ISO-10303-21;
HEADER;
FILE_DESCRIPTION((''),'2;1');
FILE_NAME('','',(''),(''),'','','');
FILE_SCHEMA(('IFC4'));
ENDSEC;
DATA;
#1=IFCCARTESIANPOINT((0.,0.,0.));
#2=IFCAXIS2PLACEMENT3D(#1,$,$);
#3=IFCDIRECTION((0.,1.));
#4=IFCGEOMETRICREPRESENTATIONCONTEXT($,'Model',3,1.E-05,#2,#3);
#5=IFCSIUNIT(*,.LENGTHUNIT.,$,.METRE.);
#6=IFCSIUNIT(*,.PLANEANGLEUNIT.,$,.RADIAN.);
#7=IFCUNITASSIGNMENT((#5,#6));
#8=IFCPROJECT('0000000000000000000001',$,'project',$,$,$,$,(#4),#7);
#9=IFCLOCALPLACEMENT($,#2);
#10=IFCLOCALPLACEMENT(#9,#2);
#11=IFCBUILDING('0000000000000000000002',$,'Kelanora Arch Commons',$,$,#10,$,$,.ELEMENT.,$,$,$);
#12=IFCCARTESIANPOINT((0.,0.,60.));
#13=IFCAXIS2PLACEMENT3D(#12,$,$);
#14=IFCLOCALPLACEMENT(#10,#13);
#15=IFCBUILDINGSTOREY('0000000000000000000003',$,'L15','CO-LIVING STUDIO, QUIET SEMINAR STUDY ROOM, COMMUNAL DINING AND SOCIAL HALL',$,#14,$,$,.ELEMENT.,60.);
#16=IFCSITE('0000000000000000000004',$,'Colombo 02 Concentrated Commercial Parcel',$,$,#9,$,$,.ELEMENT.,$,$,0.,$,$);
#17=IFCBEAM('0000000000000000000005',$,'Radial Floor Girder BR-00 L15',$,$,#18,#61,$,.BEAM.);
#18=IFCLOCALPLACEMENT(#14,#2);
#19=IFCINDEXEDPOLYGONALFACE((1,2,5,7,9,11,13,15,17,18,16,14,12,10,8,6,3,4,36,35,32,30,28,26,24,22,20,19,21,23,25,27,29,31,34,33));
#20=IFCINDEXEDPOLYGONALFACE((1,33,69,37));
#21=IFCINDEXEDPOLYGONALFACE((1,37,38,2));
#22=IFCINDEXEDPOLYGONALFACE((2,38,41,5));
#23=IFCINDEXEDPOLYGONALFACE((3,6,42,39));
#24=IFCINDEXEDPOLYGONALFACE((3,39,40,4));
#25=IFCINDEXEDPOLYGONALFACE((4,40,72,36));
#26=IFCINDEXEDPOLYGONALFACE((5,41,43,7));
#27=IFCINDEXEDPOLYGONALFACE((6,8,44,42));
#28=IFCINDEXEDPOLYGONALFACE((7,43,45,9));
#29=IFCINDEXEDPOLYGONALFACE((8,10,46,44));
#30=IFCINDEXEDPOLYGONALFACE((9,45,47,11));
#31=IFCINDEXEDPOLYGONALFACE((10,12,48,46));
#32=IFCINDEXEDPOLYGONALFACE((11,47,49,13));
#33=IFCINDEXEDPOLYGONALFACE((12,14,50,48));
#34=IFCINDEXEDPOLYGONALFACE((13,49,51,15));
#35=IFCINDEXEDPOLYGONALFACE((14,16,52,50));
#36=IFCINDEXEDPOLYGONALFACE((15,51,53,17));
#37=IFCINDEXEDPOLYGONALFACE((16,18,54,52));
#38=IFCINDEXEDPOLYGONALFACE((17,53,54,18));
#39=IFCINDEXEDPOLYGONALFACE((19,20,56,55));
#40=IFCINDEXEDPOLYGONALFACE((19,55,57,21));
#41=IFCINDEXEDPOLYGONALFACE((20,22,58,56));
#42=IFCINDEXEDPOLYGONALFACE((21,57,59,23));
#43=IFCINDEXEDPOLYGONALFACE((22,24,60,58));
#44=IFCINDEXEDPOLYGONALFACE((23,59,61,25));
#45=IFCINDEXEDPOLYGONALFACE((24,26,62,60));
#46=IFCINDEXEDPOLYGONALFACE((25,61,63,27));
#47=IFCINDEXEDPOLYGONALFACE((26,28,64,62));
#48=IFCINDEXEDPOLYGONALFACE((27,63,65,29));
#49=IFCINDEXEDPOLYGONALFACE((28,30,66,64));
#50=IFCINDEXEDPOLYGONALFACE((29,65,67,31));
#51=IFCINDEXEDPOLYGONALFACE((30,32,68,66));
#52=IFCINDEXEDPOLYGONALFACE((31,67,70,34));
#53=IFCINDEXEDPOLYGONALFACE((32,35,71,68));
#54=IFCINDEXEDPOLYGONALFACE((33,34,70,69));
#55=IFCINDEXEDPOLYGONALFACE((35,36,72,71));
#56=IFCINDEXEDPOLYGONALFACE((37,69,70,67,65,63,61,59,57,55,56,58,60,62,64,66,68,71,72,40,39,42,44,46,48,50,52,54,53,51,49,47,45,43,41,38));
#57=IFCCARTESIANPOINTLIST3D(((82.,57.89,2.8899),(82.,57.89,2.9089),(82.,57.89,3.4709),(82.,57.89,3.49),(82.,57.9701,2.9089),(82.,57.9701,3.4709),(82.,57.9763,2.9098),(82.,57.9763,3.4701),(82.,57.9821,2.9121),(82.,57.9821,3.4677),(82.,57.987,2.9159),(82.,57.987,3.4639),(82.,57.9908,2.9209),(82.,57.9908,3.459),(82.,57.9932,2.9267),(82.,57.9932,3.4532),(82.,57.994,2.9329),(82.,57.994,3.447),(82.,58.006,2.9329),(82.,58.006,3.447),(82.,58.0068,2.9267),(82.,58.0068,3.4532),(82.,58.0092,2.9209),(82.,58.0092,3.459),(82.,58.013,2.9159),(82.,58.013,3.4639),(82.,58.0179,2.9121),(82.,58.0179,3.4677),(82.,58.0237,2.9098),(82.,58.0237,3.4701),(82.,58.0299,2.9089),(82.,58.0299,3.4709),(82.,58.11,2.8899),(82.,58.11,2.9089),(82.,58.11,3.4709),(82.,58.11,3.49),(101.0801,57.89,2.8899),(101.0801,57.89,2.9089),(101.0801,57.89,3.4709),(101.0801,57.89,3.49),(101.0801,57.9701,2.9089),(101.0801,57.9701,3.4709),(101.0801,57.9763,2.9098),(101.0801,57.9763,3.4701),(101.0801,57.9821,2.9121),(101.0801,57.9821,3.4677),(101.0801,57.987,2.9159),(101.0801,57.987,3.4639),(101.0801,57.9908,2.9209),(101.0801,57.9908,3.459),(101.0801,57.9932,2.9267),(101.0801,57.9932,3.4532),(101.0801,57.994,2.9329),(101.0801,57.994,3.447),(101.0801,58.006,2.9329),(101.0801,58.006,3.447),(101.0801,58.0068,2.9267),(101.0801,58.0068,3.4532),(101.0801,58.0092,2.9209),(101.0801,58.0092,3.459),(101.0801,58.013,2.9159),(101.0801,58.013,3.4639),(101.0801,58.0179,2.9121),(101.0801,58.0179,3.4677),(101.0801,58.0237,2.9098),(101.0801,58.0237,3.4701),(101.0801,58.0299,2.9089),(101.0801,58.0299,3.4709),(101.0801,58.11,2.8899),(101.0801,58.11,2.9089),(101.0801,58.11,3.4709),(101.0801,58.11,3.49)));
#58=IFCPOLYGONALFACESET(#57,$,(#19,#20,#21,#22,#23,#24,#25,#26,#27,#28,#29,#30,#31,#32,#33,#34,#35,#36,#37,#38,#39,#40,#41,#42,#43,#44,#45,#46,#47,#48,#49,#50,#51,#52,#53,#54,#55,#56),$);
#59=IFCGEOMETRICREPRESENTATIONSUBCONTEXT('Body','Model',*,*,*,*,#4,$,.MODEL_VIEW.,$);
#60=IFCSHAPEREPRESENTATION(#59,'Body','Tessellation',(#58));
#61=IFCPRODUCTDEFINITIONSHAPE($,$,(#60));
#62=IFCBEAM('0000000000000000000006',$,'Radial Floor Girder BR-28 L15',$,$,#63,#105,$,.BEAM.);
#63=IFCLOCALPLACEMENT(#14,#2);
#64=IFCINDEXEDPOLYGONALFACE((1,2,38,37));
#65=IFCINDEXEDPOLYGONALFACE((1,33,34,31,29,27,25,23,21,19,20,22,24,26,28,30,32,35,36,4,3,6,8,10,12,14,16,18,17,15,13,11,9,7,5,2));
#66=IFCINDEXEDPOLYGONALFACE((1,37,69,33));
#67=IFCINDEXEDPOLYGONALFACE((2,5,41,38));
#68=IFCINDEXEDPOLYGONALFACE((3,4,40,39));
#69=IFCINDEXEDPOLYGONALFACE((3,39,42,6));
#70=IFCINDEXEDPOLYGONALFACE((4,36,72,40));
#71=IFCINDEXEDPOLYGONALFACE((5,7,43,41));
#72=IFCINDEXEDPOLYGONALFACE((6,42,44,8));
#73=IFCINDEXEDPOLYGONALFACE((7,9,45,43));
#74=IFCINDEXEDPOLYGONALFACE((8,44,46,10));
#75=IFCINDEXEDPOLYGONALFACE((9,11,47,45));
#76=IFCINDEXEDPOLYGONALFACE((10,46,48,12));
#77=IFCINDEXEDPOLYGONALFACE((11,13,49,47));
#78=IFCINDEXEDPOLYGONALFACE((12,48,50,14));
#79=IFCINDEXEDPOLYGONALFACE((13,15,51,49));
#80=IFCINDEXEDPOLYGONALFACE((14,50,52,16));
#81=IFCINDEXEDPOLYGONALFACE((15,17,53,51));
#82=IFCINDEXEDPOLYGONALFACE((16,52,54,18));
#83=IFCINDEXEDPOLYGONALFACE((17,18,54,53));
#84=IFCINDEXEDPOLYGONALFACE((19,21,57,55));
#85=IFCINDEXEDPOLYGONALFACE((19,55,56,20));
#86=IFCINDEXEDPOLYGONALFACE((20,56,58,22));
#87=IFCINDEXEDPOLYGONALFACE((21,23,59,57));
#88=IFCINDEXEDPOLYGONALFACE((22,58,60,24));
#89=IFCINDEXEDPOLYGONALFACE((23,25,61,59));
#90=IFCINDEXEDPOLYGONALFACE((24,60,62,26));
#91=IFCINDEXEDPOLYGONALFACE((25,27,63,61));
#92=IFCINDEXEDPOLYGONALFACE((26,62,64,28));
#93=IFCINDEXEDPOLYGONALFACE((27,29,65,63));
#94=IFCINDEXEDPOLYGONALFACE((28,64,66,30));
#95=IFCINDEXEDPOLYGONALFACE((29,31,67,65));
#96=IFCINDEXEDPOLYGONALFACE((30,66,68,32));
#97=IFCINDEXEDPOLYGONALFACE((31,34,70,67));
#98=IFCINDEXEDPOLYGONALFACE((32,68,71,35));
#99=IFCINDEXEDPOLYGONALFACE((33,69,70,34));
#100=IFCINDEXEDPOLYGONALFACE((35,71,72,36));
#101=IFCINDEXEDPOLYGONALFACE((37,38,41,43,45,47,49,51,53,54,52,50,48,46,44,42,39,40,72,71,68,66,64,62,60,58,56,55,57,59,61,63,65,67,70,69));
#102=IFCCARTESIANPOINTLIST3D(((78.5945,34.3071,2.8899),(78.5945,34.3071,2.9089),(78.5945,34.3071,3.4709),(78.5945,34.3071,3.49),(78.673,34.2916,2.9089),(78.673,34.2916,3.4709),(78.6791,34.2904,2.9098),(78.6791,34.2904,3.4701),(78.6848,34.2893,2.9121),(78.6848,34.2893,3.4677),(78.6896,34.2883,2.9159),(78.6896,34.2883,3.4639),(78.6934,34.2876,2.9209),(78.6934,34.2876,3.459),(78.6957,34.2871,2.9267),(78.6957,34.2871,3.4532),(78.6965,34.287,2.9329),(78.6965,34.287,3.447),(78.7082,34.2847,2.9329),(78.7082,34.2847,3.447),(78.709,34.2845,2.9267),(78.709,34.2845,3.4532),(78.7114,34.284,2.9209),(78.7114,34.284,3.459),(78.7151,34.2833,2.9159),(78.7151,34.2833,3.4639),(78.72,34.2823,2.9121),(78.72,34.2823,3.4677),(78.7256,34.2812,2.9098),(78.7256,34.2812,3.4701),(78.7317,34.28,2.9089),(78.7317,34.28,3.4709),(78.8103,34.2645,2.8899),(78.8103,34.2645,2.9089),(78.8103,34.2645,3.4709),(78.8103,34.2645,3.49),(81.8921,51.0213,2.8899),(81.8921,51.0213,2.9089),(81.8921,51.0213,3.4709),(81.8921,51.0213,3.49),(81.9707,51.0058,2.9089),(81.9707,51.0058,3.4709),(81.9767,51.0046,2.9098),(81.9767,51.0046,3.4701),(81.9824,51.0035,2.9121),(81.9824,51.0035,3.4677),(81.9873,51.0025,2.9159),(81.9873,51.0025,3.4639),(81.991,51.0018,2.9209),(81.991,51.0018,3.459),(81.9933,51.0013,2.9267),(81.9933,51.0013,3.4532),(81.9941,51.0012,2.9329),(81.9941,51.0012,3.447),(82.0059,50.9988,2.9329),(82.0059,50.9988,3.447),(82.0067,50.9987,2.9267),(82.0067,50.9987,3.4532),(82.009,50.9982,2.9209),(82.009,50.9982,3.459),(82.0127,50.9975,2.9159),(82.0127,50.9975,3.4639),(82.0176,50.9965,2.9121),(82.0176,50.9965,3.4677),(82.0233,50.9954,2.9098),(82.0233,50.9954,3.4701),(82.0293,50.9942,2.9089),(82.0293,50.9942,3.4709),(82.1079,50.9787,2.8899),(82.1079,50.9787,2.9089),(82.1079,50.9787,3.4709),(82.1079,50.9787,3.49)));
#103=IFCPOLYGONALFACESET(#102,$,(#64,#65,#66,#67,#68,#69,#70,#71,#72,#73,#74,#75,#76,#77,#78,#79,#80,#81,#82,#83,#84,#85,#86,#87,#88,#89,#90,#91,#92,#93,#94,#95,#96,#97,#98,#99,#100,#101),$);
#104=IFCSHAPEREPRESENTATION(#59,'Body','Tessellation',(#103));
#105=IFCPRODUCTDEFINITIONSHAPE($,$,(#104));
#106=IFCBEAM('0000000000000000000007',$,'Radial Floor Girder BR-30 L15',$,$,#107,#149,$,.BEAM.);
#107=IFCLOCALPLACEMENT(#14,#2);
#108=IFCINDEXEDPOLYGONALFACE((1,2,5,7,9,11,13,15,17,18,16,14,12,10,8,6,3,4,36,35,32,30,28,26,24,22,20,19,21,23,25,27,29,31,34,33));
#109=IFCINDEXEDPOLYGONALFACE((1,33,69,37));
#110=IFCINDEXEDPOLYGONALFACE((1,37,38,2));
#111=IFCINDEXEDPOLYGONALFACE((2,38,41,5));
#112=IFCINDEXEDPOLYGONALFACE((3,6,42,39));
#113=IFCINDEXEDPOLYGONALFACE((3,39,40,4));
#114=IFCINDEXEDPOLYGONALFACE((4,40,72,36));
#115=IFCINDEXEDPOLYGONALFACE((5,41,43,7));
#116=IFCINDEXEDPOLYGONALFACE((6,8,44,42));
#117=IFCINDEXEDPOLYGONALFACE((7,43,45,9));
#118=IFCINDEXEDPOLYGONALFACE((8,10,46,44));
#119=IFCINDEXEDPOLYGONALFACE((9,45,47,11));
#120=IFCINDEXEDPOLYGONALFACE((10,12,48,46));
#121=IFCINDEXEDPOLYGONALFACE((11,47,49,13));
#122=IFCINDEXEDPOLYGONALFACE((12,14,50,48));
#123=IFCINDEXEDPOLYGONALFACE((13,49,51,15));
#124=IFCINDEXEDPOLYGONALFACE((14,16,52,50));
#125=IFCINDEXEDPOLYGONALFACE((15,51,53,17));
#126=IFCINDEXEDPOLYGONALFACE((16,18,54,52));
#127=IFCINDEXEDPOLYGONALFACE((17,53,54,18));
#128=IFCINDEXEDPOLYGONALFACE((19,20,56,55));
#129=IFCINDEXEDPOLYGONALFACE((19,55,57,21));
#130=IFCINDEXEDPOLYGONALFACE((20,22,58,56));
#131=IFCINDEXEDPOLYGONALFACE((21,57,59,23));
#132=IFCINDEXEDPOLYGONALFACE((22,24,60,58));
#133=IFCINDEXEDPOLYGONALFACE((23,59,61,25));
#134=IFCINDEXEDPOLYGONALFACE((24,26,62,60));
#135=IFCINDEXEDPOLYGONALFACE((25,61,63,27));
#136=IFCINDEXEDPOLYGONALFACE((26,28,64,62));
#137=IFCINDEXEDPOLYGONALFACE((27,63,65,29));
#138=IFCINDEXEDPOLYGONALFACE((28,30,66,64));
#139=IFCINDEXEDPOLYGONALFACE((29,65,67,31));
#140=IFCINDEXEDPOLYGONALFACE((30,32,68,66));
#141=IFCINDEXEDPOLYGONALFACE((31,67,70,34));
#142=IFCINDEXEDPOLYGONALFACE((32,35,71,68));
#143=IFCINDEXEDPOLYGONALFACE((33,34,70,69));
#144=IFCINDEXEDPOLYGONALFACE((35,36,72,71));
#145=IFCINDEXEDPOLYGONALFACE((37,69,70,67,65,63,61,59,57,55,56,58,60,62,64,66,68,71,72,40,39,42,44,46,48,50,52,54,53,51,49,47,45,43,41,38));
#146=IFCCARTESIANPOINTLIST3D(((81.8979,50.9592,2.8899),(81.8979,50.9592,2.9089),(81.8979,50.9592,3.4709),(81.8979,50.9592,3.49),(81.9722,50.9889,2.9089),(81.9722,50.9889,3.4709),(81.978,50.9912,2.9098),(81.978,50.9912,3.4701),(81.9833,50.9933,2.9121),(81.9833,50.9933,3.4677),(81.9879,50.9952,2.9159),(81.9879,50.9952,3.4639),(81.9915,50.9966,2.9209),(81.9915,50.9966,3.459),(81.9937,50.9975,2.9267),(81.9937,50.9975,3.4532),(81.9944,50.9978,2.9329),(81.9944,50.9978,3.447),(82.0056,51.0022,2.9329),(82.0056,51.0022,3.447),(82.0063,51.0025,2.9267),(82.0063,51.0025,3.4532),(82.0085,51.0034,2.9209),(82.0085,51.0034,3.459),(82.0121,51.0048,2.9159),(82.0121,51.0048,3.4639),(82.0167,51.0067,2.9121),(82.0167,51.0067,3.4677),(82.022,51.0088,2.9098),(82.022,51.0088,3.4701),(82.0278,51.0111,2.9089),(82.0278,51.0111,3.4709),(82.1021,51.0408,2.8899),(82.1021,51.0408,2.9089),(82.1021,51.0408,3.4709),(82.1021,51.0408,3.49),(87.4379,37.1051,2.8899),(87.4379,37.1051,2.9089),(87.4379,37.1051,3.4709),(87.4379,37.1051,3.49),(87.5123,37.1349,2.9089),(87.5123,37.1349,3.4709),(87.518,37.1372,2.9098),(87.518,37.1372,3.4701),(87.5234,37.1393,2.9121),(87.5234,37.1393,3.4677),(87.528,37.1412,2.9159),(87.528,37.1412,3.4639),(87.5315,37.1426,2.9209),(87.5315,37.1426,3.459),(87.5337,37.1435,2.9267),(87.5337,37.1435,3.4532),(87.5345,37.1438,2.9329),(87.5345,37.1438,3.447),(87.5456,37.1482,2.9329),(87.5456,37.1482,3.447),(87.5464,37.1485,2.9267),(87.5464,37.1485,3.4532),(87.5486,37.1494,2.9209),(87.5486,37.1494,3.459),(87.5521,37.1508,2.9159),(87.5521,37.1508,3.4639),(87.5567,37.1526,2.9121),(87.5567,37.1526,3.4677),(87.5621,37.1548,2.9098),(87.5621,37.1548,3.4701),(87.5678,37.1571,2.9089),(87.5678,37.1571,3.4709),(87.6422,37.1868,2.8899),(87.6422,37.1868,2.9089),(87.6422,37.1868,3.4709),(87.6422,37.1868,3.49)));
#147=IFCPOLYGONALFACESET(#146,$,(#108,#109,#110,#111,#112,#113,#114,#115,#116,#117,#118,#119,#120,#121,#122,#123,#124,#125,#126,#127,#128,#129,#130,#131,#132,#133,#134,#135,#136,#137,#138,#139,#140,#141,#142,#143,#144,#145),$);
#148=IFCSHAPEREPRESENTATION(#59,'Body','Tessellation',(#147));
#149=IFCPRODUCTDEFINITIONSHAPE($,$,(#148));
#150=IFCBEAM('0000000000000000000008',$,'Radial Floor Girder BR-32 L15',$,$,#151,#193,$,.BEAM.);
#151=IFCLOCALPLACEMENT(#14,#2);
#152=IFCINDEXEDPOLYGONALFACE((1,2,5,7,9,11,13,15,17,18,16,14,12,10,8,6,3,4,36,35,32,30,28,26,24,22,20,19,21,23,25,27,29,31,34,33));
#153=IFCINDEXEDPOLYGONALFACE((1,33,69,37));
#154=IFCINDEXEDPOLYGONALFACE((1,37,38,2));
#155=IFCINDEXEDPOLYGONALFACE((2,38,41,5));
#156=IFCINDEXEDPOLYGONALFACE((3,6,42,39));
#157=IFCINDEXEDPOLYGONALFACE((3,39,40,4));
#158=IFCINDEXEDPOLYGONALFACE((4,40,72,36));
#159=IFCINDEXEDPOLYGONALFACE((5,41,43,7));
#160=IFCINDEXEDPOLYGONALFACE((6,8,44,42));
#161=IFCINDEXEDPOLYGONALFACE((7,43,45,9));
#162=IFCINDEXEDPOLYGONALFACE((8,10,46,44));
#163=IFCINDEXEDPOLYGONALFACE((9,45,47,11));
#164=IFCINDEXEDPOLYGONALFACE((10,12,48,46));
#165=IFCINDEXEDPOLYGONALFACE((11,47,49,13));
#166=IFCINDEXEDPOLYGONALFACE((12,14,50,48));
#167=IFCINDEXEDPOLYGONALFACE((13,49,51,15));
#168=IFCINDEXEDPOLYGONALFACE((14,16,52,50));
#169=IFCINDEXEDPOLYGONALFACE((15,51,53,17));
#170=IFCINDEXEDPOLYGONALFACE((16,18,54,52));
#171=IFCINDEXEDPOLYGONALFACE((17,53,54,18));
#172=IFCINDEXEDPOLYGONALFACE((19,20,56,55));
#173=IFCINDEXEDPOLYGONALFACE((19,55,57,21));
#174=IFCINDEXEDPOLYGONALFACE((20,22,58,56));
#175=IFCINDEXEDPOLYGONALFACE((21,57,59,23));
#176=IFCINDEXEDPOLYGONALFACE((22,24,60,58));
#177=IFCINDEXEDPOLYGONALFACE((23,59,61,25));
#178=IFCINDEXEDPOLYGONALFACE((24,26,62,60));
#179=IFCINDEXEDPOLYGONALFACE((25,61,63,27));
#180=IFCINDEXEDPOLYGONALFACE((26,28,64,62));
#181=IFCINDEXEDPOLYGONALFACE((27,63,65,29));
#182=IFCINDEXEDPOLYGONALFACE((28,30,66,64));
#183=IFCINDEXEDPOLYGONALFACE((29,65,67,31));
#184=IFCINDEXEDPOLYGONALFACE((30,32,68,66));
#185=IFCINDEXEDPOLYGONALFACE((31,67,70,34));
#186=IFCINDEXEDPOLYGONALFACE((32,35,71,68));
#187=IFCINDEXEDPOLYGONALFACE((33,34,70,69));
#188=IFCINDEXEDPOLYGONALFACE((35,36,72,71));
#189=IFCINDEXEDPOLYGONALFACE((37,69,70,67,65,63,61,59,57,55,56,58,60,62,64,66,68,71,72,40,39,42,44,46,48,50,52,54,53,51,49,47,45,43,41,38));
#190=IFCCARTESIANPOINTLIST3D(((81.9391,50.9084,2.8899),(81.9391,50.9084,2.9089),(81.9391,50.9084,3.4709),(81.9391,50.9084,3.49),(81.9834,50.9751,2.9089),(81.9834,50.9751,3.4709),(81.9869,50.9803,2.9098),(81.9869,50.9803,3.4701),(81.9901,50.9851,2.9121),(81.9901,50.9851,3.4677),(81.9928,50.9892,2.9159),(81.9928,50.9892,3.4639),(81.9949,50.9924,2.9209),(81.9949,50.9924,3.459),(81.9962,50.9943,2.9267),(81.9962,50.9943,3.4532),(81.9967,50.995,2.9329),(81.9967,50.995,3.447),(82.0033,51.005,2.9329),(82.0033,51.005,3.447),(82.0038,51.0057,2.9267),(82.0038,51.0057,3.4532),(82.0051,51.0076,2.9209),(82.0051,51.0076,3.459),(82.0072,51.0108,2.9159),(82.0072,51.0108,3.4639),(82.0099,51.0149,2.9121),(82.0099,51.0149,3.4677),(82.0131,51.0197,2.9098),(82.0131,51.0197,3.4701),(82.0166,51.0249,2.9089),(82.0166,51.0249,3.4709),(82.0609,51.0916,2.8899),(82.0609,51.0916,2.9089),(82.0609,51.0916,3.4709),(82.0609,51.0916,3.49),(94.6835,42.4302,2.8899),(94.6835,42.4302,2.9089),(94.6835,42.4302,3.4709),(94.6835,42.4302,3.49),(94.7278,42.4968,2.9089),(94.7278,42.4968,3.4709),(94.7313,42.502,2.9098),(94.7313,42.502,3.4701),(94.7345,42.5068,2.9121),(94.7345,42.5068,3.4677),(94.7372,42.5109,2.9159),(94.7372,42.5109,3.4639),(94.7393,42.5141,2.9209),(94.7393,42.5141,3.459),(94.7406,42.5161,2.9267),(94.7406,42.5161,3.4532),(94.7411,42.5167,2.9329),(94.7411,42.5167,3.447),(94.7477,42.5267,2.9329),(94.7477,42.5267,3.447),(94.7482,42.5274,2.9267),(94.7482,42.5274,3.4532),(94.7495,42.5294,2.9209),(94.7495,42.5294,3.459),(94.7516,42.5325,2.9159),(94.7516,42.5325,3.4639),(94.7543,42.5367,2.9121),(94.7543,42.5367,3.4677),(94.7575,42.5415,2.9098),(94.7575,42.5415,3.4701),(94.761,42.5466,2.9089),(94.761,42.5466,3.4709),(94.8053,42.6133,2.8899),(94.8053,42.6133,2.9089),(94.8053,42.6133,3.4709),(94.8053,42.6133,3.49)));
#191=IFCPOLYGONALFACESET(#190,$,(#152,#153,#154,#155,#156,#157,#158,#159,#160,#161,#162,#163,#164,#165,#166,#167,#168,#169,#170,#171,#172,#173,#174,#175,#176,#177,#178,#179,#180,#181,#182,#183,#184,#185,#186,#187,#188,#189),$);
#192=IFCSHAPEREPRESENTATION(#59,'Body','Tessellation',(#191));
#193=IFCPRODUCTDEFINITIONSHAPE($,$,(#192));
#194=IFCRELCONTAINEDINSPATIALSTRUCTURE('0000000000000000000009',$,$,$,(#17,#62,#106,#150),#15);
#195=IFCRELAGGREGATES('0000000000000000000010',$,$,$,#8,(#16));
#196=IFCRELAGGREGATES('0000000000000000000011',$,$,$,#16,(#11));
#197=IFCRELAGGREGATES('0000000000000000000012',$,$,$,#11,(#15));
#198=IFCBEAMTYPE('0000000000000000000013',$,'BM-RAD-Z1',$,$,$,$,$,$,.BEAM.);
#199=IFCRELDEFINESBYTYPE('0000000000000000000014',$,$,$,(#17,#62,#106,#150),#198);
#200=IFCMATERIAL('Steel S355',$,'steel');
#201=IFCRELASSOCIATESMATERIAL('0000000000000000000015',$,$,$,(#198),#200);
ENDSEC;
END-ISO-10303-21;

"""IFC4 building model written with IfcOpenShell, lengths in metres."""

from ifc_helpers import new_model, si_unit, direction, frame, origin, origin_2d, place, context, subcontext, project, spatial, i_section, extrude, material, material_profile, profile_set, type_object, element, save


model = new_model("IFC4")

# Units and contexts
model_context = context("Model", 3, precision=1e-05, world=origin(), true_north=direction((0.0, 1.0)))
body_context = subcontext(model_context, "Body", "Model", "MODEL_VIEW")
ifc_project = project(units=[si_unit("LENGTHUNIT", "METRE"), si_unit("PLANEANGLEUNIT", "RADIAN")], contexts=[model_context])

# Site, building, storey
site_placement = place(None, origin())
site = spatial("IfcSite", under=ifc_project, at=site_placement, Name="Colombo 02 Concentrated Commercial Parcel", CompositionType="ELEMENT", RefElevation=0.0)
building_placement = place(site_placement, origin())
building = spatial("IfcBuilding", under=site, at=building_placement, Name="Kelanora Arch Commons", CompositionType="ELEMENT")
storey_placement = place(building_placement, frame((0.0, 0.0, 60.0)))
storey = spatial("IfcBuildingStorey", under=building, at=storey_placement, Name="L15", Description="CO-LIVING STUDIO, QUIET SEMINAR STUDY ROOM, COMMUNAL DINING AND SOCIAL HALL", CompositionType="ELEMENT", Elevation=60.0)

# Beams
ifc_material_1 = material(Name="Steel S355", Category="steel")
ifc_material_profile_1 = material_profile(ifc_material_1, i_section(OverallWidth=0.22, OverallDepth=0.6001, WebThickness=0.012, FlangeThickness=0.019, FilletRadius=0.0239, at=origin_2d()), Name="IPE600")
ifc_profile_set_1 = profile_set([ifc_material_profile_1], Name="Steel S355")
beam_type_1 = type_object("IfcBeamType", Name="BM-RAD-Z1", PredefinedType="BEAM", material=ifc_profile_set_1)
beam_1_placement = place(storey_placement, frame((82.0, 58.0, 3.1899), z_axis=(1.0, 0.0, 0.0), x_axis=(0.0, 1.0, 0.0)))
element("IfcBeam", 1, at=beam_1_placement, inside=storey, type_object=beam_type_1, Name="Radial Floor Girder BR-00 L15", PredefinedType="BEAM", context=body_context, shape_type="SweptSolid", body=[
    extrude(i_section(OverallWidth=0.22, OverallDepth=0.6001, WebThickness=0.012, FlangeThickness=0.019, FilletRadius=0.0239, at=origin_2d()), origin(), (0.0, 0.0, 1.0), 19.0801),
])
beam_2_placement = place(storey_placement, frame((82.0, 51.0, 3.1899), z_axis=(-0.193564, -0.981088, 0.0), x_axis=(0.981088, -0.193564, 0.0)))
element("IfcBeam", 2, at=beam_2_placement, inside=storey, type_object=beam_type_1, Name="Radial Floor Girder BR-28 L15", PredefinedType="BEAM", context=body_context, shape_type="SweptSolid", body=[
    extrude(i_section(OverallWidth=0.22, OverallDepth=0.6001, WebThickness=0.012, FlangeThickness=0.019, FilletRadius=0.0239, at=origin_2d()), origin(), (0.0, 0.0, 1.0), 17.0364),
])
beam_3_placement = place(storey_placement, frame((82.0, 51.0, 3.1899), z_axis=(0.3713, -0.928513, 0.0), x_axis=(0.928513, 0.3713, 0.0)))
element("IfcBeam", 3, at=beam_3_placement, inside=storey, type_object=beam_type_1, Name="Radial Floor Girder BR-30 L15", PredefinedType="BEAM", context=body_context, shape_type="SweptSolid", body=[
    extrude(i_section(OverallWidth=0.22, OverallDepth=0.6001, WebThickness=0.012, FlangeThickness=0.019, FilletRadius=0.0239, at=origin_2d()), origin(), (0.0, 0.0, 1.0), 14.9207),
])
beam_4_placement = place(storey_placement, frame((82.0, 51.0, 3.1899), z_axis=(0.832592, -0.553886, 0.0), x_axis=(0.553886, 0.832592, 0.0)))
element("IfcBeam", 4, at=beam_4_placement, inside=storey, type_object=beam_type_1, Name="Radial Floor Girder BR-32 L15", PredefinedType="BEAM", context=body_context, shape_type="SweptSolid", body=[
    extrude(i_section(OverallWidth=0.22, OverallDepth=0.6001, WebThickness=0.012, FlangeThickness=0.019, FilletRadius=0.0239, at=origin_2d()), origin(), (0.0, 0.0, 1.0), 15.3069),
])

save(model, "model.ifc")
